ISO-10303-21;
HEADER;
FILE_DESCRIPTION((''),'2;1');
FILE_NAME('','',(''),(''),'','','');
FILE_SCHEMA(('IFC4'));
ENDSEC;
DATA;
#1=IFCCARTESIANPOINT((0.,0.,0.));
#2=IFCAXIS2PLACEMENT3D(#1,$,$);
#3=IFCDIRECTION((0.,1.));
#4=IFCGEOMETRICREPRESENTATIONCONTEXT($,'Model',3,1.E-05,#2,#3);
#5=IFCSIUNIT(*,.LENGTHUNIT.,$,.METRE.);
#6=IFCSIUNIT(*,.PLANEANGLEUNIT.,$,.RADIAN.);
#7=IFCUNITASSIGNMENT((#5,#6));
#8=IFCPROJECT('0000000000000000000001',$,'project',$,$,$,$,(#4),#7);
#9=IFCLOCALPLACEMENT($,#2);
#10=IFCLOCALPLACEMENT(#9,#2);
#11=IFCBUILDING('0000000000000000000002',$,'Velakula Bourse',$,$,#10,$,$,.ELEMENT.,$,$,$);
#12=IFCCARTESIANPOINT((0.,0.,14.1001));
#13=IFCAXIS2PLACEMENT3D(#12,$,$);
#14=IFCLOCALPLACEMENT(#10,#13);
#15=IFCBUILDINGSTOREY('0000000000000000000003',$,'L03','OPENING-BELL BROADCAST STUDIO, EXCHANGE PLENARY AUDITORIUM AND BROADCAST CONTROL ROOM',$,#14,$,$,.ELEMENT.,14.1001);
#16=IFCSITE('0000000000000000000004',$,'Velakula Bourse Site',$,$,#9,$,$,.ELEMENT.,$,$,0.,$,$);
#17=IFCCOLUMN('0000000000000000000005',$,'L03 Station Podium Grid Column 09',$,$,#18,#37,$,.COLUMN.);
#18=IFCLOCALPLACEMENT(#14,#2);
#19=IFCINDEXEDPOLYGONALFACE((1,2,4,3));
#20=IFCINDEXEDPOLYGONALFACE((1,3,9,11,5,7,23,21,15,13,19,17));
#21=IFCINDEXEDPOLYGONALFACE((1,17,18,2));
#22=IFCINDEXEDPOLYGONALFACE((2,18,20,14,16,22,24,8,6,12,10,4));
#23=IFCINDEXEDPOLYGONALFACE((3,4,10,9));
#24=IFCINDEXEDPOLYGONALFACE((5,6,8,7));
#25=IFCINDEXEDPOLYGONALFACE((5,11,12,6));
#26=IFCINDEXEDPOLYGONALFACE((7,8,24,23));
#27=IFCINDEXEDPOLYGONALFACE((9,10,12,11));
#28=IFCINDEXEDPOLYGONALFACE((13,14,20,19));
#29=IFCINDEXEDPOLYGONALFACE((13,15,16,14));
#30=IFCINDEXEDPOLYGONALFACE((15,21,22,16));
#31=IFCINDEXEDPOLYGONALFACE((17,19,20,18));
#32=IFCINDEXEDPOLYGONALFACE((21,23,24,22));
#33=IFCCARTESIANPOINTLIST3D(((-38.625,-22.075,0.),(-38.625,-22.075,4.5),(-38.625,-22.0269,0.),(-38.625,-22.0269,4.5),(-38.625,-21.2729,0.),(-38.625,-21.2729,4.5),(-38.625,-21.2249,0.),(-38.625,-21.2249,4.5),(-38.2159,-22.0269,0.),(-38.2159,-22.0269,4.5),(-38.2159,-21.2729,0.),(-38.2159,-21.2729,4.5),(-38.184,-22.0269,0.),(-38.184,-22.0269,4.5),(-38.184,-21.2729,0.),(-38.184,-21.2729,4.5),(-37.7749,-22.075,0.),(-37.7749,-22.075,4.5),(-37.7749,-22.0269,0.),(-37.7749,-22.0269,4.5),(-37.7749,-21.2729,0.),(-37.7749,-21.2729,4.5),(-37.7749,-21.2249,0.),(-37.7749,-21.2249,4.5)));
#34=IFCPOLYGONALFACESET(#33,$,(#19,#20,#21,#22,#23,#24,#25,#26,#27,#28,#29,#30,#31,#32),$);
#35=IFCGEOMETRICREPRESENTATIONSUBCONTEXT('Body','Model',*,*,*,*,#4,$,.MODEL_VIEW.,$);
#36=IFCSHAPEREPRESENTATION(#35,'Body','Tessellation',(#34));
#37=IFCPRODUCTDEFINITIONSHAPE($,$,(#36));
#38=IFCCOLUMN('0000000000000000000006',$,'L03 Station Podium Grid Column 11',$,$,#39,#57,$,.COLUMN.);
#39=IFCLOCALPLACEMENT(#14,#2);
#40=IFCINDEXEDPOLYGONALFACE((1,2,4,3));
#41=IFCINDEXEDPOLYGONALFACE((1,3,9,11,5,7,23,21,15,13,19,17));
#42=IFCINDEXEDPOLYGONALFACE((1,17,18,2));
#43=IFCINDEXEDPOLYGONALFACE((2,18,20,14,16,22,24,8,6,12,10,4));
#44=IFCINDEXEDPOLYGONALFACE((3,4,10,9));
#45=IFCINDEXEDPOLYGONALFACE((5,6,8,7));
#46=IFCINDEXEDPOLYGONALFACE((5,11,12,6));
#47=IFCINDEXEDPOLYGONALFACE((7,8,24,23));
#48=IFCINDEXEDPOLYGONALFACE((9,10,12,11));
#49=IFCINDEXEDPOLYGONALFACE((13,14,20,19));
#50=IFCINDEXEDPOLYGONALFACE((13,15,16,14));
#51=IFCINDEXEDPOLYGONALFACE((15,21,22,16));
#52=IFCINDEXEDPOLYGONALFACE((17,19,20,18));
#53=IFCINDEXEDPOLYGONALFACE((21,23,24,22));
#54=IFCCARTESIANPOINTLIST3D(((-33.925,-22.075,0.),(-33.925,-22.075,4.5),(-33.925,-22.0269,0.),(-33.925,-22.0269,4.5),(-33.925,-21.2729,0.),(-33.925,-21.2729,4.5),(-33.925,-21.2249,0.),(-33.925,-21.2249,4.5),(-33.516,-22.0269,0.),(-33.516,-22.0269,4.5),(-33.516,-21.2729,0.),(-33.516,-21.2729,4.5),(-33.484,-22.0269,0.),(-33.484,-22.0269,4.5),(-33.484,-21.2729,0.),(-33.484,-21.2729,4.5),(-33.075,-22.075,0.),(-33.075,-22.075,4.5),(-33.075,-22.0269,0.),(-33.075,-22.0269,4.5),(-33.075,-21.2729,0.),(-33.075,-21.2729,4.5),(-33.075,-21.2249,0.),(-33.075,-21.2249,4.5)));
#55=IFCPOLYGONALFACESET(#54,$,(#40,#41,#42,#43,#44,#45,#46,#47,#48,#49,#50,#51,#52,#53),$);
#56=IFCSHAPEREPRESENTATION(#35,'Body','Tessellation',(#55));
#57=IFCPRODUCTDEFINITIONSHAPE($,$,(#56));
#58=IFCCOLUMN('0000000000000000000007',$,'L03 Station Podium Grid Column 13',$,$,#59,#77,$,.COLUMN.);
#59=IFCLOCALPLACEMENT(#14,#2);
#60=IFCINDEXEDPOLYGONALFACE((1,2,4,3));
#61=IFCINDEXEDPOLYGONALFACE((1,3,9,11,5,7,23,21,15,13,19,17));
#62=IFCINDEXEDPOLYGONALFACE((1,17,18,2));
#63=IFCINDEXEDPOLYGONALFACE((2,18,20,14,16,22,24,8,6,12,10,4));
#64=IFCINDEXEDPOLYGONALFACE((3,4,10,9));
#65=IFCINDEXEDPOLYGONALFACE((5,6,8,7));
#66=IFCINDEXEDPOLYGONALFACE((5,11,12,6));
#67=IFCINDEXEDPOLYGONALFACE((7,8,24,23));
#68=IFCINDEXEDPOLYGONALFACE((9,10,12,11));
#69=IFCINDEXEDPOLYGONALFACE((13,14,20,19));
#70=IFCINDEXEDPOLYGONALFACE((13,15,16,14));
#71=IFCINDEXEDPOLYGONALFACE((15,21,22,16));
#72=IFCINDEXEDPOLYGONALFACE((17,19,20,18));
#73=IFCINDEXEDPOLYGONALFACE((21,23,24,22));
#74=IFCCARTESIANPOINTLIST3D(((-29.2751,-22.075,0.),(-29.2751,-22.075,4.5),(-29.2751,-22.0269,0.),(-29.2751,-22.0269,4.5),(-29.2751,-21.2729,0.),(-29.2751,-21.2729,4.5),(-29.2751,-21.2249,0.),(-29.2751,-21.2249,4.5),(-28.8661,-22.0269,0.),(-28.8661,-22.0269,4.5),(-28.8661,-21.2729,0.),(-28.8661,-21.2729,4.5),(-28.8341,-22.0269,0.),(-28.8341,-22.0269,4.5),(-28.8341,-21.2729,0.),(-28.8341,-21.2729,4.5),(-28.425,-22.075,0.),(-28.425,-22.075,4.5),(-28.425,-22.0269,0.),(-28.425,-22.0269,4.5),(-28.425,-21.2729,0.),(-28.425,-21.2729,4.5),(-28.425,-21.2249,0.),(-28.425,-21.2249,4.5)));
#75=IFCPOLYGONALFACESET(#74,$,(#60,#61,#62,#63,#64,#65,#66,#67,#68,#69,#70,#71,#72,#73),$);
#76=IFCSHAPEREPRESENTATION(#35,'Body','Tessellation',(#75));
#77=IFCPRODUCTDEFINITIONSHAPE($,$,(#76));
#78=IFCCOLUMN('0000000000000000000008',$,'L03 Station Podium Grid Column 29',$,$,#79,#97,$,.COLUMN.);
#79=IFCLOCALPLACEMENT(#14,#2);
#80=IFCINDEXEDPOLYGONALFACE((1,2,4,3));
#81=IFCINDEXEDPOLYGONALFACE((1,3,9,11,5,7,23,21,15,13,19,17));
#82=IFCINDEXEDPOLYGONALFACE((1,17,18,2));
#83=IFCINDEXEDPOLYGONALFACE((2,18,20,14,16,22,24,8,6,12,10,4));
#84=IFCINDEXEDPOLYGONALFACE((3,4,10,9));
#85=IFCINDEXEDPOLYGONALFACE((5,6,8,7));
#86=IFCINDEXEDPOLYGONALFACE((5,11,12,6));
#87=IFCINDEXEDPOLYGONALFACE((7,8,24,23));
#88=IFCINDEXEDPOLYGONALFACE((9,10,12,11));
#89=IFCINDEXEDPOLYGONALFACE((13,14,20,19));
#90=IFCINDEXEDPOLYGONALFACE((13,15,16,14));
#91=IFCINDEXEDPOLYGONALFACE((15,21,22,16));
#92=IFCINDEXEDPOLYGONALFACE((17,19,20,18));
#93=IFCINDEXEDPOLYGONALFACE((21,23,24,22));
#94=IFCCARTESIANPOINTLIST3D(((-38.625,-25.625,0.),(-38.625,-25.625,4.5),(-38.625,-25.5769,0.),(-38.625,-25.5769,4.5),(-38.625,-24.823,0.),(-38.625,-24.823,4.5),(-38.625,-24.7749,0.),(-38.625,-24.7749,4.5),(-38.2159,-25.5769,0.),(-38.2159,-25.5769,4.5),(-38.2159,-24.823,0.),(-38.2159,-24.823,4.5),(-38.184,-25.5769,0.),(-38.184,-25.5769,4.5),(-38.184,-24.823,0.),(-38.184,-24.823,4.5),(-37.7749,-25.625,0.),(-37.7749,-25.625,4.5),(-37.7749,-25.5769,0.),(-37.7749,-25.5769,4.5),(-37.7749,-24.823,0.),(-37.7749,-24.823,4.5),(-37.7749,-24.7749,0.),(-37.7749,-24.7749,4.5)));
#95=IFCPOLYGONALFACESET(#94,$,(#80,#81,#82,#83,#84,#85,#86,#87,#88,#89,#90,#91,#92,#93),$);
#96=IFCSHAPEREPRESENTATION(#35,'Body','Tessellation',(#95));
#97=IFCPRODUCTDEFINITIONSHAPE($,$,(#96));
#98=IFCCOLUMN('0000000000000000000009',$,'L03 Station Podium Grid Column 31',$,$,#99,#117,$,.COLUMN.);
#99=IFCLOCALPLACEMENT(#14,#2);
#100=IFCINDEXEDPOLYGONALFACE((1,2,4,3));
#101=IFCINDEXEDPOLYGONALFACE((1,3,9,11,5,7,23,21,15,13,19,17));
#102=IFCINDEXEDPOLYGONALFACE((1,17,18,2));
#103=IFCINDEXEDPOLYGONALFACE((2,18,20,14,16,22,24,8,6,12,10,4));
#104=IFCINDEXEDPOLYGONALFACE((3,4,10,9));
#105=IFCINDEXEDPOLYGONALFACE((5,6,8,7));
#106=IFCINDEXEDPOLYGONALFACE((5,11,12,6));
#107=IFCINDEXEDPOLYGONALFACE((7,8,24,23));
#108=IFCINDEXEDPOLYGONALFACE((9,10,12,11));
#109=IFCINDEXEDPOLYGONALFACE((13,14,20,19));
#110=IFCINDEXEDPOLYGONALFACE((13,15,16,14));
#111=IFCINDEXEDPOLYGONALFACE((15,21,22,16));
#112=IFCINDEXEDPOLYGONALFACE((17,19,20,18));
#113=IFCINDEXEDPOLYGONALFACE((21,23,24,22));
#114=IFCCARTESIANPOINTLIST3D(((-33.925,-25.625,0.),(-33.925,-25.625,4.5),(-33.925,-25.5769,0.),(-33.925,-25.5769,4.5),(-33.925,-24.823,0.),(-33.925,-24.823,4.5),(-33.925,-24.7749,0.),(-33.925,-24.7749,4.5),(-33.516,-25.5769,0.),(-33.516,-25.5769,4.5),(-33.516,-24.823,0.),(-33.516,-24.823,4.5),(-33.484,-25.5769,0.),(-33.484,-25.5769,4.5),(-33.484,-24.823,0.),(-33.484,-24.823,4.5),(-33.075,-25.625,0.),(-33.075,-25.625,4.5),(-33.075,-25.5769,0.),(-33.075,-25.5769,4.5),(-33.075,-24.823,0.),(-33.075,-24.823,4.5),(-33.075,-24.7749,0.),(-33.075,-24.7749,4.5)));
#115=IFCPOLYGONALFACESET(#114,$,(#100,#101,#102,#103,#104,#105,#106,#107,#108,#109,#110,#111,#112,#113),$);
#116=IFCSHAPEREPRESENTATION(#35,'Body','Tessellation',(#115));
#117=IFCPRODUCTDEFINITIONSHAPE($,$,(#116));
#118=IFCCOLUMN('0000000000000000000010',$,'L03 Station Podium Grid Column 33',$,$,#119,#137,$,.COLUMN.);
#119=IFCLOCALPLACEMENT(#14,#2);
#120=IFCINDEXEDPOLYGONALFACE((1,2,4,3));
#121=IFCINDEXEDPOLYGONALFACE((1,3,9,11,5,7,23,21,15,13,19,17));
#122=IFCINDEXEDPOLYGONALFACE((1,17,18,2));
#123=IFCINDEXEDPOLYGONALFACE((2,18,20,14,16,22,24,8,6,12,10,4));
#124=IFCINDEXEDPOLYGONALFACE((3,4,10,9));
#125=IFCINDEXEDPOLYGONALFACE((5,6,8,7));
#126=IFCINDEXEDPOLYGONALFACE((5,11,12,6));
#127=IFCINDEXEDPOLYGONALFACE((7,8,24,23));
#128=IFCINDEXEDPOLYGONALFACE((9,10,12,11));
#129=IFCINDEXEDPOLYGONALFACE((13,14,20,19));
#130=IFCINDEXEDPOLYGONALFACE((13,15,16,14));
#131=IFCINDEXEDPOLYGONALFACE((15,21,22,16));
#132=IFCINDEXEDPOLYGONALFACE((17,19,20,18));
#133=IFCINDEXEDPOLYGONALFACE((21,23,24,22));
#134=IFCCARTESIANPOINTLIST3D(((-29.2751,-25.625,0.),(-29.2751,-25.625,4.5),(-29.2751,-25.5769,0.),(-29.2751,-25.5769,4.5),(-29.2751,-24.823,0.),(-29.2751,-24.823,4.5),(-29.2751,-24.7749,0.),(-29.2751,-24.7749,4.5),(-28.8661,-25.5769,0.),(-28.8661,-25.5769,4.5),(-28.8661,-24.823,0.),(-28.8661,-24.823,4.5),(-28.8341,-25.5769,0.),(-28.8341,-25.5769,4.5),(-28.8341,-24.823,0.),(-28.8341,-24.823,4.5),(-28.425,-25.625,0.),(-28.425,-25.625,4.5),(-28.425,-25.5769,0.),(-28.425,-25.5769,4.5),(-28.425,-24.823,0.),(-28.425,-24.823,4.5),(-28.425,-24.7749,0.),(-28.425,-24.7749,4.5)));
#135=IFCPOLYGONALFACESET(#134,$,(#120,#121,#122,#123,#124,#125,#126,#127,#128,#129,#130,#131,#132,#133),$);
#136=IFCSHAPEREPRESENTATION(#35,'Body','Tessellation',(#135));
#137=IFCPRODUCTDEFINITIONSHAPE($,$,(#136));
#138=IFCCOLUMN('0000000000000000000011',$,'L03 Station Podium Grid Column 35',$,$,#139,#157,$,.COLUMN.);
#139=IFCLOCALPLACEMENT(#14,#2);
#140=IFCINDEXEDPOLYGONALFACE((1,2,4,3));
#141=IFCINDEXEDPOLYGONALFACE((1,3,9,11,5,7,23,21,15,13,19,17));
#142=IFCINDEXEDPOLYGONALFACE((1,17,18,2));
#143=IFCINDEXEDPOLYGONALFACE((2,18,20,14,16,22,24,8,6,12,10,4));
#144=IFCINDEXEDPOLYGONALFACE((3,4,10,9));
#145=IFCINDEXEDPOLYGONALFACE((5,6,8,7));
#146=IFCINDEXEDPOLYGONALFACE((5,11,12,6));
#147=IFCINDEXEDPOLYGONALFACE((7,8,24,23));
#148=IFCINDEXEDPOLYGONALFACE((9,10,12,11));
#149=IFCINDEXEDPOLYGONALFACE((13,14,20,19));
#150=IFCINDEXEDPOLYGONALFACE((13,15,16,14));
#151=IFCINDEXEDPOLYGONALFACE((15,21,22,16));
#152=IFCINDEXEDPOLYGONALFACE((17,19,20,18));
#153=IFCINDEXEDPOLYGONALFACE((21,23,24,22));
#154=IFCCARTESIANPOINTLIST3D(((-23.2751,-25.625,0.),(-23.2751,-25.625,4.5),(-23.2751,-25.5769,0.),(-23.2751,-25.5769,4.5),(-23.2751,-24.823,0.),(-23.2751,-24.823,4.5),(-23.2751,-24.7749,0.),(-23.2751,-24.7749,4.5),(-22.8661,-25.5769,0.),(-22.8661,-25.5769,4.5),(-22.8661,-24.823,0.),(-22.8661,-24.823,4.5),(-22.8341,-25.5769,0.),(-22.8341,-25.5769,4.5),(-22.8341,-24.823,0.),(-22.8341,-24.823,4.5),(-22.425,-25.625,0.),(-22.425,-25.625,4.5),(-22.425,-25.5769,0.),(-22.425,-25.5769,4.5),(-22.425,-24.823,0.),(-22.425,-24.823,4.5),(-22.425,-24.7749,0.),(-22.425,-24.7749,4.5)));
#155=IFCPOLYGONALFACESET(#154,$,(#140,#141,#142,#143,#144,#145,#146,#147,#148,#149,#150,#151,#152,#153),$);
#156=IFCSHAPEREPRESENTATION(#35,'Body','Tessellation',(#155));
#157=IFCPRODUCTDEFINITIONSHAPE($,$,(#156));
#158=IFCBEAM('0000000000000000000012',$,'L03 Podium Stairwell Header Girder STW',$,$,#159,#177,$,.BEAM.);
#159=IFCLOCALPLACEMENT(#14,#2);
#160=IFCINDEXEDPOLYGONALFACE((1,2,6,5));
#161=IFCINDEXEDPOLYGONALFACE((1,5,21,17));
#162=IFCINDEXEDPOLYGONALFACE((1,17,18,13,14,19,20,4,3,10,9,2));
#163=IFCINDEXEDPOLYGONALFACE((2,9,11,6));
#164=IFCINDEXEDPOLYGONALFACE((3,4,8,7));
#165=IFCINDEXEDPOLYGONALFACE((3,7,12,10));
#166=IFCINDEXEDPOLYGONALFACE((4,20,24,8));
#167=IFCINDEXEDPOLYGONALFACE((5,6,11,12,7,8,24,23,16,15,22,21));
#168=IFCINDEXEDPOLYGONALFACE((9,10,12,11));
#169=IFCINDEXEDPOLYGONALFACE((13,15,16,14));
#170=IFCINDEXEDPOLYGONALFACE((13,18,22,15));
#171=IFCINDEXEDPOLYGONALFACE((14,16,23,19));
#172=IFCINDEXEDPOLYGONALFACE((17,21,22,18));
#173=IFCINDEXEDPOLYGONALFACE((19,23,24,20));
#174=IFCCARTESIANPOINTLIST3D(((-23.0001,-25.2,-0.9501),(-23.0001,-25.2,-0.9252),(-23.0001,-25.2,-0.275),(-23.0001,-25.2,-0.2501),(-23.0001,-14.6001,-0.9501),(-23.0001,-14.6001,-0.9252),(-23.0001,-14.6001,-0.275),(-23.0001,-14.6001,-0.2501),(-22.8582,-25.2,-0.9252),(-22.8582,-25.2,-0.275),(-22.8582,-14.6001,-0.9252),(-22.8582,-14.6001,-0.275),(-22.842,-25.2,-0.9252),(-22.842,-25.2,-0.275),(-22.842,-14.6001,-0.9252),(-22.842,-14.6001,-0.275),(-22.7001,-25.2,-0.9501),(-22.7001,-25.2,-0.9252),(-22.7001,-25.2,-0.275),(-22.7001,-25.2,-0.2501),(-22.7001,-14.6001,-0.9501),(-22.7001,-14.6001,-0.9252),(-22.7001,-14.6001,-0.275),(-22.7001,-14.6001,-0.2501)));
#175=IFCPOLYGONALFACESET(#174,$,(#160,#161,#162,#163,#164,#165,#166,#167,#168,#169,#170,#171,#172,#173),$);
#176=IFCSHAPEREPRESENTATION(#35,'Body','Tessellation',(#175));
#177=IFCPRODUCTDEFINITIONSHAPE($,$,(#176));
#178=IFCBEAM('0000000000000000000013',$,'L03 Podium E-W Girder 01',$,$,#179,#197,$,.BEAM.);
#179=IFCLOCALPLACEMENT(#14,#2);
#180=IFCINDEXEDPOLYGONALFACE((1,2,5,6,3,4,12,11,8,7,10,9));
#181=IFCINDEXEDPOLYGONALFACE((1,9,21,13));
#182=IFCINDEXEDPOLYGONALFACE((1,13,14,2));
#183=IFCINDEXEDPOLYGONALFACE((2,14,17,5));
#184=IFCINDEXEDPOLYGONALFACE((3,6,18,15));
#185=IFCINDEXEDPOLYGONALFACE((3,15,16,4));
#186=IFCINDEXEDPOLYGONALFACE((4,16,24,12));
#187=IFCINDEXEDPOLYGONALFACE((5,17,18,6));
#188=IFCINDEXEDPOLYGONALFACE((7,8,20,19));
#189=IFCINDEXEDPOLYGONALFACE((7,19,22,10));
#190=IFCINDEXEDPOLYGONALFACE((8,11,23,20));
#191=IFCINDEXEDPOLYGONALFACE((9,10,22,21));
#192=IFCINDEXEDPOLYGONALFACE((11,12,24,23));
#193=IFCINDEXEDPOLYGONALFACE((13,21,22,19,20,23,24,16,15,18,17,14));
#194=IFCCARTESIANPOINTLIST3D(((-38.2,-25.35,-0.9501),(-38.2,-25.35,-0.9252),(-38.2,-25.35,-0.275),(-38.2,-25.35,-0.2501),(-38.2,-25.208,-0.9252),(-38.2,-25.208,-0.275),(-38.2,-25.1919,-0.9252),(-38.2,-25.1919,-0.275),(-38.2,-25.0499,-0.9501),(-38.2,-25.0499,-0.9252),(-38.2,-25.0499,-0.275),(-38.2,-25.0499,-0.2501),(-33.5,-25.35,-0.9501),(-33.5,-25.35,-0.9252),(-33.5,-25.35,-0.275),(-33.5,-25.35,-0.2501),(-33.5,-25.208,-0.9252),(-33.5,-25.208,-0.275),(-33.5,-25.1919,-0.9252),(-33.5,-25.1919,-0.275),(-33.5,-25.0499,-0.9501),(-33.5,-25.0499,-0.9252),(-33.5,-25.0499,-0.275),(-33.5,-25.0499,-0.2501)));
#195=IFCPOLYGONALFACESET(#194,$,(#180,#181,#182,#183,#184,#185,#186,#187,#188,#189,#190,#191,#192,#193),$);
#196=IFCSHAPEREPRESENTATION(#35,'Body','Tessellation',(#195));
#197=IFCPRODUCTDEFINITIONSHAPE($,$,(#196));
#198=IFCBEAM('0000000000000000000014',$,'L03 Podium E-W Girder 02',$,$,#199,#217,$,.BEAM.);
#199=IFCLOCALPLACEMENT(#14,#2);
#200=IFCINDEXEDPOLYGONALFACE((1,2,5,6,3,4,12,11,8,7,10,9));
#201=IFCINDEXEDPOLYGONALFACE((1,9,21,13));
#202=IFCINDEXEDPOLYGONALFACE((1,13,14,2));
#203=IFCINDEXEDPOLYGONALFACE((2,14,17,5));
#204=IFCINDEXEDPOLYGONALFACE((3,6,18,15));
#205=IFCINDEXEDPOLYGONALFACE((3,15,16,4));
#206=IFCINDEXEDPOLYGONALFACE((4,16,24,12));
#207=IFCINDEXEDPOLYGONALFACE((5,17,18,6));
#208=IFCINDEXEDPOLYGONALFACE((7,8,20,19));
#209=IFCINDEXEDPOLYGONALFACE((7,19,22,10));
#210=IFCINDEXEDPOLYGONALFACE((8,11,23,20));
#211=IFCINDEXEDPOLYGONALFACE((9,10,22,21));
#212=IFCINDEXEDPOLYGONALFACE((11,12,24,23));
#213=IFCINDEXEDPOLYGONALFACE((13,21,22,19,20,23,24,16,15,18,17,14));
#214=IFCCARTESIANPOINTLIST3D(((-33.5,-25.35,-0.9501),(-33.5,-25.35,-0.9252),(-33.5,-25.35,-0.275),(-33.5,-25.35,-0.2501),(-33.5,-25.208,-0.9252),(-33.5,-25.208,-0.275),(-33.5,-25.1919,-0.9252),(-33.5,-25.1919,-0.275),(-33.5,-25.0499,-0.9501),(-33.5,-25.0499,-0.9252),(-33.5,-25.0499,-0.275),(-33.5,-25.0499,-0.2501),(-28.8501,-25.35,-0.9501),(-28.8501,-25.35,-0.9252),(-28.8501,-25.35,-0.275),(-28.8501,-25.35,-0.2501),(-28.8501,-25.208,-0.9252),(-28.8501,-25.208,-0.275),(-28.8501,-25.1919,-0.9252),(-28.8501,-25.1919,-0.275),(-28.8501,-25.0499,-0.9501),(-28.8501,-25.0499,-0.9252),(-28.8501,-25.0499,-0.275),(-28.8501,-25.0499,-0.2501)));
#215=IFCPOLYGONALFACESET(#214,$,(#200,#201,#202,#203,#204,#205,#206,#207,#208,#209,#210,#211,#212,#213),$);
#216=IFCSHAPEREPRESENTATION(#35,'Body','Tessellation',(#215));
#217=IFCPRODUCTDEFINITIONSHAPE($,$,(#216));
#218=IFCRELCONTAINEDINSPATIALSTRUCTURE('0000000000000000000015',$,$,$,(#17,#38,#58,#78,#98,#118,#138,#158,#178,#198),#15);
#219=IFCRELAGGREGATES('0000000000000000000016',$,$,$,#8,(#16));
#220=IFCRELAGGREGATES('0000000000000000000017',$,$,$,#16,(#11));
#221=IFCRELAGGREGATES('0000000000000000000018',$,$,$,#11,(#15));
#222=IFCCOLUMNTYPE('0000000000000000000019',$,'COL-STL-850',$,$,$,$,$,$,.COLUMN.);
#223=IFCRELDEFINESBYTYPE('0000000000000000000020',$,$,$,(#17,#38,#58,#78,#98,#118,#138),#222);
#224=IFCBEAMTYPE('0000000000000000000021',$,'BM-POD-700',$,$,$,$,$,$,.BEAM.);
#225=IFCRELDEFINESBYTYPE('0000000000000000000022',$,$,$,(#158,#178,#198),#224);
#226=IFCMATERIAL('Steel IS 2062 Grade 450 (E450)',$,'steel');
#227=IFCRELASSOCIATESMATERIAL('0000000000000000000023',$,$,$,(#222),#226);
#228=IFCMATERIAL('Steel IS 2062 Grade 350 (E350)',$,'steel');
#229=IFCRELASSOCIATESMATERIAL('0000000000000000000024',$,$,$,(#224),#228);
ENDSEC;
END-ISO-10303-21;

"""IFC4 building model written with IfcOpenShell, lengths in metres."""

from ifc_helpers import new_model, si_unit, direction, frame, origin, origin_2d, place, context, subcontext, project, spatial, i_section, extrude, material, material_profile, profile_set, type_object, element, save


model = new_model("IFC4")

# Units and contexts
model_context = context("Model", 3, precision=1e-05, world=origin(), true_north=direction((0.0, 1.0)))
body_context = subcontext(model_context, "Body", "Model", "MODEL_VIEW")
ifc_project = project(units=[si_unit("LENGTHUNIT", "METRE"), si_unit("PLANEANGLEUNIT", "RADIAN")], contexts=[model_context])

# Site, building, storey
site_placement = place(None, origin())
site = spatial("IfcSite", under=ifc_project, at=site_placement, Name="Velakula Bourse Site", CompositionType="ELEMENT", RefElevation=0.0)
building_placement = place(site_placement, origin())
building = spatial("IfcBuilding", under=site, at=building_placement, Name="Velakula Bourse", CompositionType="ELEMENT")
storey_placement = place(building_placement, frame((0.0, 0.0, 14.1001)))
storey = spatial("IfcBuildingStorey", under=building, at=storey_placement, Name="L03", Description="OPENING-BELL BROADCAST STUDIO, EXCHANGE PLENARY AUDITORIUM AND BROADCAST CONTROL ROOM", CompositionType="ELEMENT", Elevation=14.1001)

# Columns
ifc_material_1 = material(Name="Steel IS 2062 Grade 450 (E450)", Category="steel")
ifc_material_profile_1 = material_profile(ifc_material_1, i_section(OverallWidth=0.8501, OverallDepth=0.8501, WebThickness=0.032, FlangeThickness=0.0481, at=origin_2d()), Name="Steel IS 2062 Grade 450 (E450)")
ifc_profile_set_1 = profile_set([ifc_material_profile_1], Name="Steel IS 2062 Grade 450 (E450)")
column_type = type_object("IfcColumnType", Name="COL-STL-850", PredefinedType="COLUMN", material=ifc_profile_set_1)
for number, where, z_axis, x_axis, name in (
    (1, (-38.2, -21.6499, 0.0), (0.0, 0.0, 1.0), (1.0, 0.0, 0.0), "L03 Station Podium Grid Column 09"),
    (2, (-33.5, -21.6499, 0.0), (0.0, 0.0, 1.0), (1.0, 0.0, 0.0), "L03 Station Podium Grid Column 11"),
    (3, (-28.8501, -21.6499, 0.0), (0.0, 0.0, 1.0), (1.0, 0.0, 0.0), "L03 Station Podium Grid Column 13"),
    (4, (-38.2, -25.2, 0.0), (0.0, 0.0, 1.0), (1.0, 0.0, 0.0), "L03 Station Podium Grid Column 29"),
    (5, (-33.5, -25.2, 0.0), (0.0, 0.0, 1.0), (1.0, 0.0, 0.0), "L03 Station Podium Grid Column 31"),
    (6, (-28.8501, -25.2, 0.0), (0.0, 0.0, 1.0), (1.0, 0.0, 0.0), "L03 Station Podium Grid Column 33"),
    (7, (-22.8501, -25.2, 0.0), (0.0, 0.0, 1.0), (1.0, 0.0, 0.0), "L03 Station Podium Grid Column 35"),
):
    element("IfcColumn", number, at=place(storey_placement, frame(where, z_axis=z_axis, x_axis=x_axis)), inside=storey, type_object=column_type, Name=name, PredefinedType="COLUMN", context=body_context, shape_type="SweptSolid", body=[
        extrude(i_section(OverallWidth=0.8501, OverallDepth=0.8501, WebThickness=0.032, FlangeThickness=0.0481, at=origin_2d()), origin(), (0.0, 0.0, 1.0), 4.5),
    ])

# Beams
ifc_material_2 = material(Name="Steel IS 2062 Grade 350 (E350)", Category="steel")
ifc_material_profile_2 = material_profile(ifc_material_2, i_section(OverallWidth=0.3, OverallDepth=0.7, WebThickness=0.0161, FlangeThickness=0.0249, at=origin_2d()), Name="Steel IS 2062 Grade 350 (E350)")
ifc_profile_set_2 = profile_set([ifc_material_profile_2], Name="Steel IS 2062 Grade 350 (E350)")
beam_type_1 = type_object("IfcBeamType", Name="BM-POD-700", PredefinedType="BEAM", material=ifc_profile_set_2)
beam_1_placement = place(storey_placement, frame((-22.8501, -25.2, -0.6001), z_axis=(0.0, 1.0, 0.0), x_axis=(-1.0, 0.0, 0.0)))
element("IfcBeam", 8, at=beam_1_placement, inside=storey, type_object=beam_type_1, Name="L03 Podium Stairwell Header Girder STW", PredefinedType="BEAM", context=body_context, shape_type="SweptSolid", body=[
    extrude(i_section(OverallWidth=0.3, OverallDepth=0.7, WebThickness=0.0161, FlangeThickness=0.0249, at=origin_2d()), origin(), (0.0, 0.0, 1.0), 10.5999),
])
beam_2_placement = place(storey_placement, frame((-38.2, -25.2, -0.6001), z_axis=(1.0, 0.0, 0.0), x_axis=(0.0, 1.0, 0.0)))
element("IfcBeam", 9, at=beam_2_placement, inside=storey, type_object=beam_type_1, Name="L03 Podium E-W Girder 01", PredefinedType="BEAM", context=body_context, shape_type="SweptSolid", body=[
    extrude(i_section(OverallWidth=0.3, OverallDepth=0.7, WebThickness=0.0161, FlangeThickness=0.0249, at=origin_2d()), origin(), (0.0, 0.0, 1.0), 4.7),
])
beam_3_placement = place(storey_placement, frame((-33.5, -25.2, -0.6001), z_axis=(1.0, 0.0, 0.0), x_axis=(0.0, 1.0, 0.0)))
element("IfcBeam", 10, at=beam_3_placement, inside=storey, type_object=beam_type_1, Name="L03 Podium E-W Girder 02", PredefinedType="BEAM", context=body_context, shape_type="SweptSolid", body=[
    extrude(i_section(OverallWidth=0.3, OverallDepth=0.7, WebThickness=0.0161, FlangeThickness=0.0249, at=origin_2d()), origin(), (0.0, 0.0, 1.0), 4.6499),
])

save(model, "model.ifc")
